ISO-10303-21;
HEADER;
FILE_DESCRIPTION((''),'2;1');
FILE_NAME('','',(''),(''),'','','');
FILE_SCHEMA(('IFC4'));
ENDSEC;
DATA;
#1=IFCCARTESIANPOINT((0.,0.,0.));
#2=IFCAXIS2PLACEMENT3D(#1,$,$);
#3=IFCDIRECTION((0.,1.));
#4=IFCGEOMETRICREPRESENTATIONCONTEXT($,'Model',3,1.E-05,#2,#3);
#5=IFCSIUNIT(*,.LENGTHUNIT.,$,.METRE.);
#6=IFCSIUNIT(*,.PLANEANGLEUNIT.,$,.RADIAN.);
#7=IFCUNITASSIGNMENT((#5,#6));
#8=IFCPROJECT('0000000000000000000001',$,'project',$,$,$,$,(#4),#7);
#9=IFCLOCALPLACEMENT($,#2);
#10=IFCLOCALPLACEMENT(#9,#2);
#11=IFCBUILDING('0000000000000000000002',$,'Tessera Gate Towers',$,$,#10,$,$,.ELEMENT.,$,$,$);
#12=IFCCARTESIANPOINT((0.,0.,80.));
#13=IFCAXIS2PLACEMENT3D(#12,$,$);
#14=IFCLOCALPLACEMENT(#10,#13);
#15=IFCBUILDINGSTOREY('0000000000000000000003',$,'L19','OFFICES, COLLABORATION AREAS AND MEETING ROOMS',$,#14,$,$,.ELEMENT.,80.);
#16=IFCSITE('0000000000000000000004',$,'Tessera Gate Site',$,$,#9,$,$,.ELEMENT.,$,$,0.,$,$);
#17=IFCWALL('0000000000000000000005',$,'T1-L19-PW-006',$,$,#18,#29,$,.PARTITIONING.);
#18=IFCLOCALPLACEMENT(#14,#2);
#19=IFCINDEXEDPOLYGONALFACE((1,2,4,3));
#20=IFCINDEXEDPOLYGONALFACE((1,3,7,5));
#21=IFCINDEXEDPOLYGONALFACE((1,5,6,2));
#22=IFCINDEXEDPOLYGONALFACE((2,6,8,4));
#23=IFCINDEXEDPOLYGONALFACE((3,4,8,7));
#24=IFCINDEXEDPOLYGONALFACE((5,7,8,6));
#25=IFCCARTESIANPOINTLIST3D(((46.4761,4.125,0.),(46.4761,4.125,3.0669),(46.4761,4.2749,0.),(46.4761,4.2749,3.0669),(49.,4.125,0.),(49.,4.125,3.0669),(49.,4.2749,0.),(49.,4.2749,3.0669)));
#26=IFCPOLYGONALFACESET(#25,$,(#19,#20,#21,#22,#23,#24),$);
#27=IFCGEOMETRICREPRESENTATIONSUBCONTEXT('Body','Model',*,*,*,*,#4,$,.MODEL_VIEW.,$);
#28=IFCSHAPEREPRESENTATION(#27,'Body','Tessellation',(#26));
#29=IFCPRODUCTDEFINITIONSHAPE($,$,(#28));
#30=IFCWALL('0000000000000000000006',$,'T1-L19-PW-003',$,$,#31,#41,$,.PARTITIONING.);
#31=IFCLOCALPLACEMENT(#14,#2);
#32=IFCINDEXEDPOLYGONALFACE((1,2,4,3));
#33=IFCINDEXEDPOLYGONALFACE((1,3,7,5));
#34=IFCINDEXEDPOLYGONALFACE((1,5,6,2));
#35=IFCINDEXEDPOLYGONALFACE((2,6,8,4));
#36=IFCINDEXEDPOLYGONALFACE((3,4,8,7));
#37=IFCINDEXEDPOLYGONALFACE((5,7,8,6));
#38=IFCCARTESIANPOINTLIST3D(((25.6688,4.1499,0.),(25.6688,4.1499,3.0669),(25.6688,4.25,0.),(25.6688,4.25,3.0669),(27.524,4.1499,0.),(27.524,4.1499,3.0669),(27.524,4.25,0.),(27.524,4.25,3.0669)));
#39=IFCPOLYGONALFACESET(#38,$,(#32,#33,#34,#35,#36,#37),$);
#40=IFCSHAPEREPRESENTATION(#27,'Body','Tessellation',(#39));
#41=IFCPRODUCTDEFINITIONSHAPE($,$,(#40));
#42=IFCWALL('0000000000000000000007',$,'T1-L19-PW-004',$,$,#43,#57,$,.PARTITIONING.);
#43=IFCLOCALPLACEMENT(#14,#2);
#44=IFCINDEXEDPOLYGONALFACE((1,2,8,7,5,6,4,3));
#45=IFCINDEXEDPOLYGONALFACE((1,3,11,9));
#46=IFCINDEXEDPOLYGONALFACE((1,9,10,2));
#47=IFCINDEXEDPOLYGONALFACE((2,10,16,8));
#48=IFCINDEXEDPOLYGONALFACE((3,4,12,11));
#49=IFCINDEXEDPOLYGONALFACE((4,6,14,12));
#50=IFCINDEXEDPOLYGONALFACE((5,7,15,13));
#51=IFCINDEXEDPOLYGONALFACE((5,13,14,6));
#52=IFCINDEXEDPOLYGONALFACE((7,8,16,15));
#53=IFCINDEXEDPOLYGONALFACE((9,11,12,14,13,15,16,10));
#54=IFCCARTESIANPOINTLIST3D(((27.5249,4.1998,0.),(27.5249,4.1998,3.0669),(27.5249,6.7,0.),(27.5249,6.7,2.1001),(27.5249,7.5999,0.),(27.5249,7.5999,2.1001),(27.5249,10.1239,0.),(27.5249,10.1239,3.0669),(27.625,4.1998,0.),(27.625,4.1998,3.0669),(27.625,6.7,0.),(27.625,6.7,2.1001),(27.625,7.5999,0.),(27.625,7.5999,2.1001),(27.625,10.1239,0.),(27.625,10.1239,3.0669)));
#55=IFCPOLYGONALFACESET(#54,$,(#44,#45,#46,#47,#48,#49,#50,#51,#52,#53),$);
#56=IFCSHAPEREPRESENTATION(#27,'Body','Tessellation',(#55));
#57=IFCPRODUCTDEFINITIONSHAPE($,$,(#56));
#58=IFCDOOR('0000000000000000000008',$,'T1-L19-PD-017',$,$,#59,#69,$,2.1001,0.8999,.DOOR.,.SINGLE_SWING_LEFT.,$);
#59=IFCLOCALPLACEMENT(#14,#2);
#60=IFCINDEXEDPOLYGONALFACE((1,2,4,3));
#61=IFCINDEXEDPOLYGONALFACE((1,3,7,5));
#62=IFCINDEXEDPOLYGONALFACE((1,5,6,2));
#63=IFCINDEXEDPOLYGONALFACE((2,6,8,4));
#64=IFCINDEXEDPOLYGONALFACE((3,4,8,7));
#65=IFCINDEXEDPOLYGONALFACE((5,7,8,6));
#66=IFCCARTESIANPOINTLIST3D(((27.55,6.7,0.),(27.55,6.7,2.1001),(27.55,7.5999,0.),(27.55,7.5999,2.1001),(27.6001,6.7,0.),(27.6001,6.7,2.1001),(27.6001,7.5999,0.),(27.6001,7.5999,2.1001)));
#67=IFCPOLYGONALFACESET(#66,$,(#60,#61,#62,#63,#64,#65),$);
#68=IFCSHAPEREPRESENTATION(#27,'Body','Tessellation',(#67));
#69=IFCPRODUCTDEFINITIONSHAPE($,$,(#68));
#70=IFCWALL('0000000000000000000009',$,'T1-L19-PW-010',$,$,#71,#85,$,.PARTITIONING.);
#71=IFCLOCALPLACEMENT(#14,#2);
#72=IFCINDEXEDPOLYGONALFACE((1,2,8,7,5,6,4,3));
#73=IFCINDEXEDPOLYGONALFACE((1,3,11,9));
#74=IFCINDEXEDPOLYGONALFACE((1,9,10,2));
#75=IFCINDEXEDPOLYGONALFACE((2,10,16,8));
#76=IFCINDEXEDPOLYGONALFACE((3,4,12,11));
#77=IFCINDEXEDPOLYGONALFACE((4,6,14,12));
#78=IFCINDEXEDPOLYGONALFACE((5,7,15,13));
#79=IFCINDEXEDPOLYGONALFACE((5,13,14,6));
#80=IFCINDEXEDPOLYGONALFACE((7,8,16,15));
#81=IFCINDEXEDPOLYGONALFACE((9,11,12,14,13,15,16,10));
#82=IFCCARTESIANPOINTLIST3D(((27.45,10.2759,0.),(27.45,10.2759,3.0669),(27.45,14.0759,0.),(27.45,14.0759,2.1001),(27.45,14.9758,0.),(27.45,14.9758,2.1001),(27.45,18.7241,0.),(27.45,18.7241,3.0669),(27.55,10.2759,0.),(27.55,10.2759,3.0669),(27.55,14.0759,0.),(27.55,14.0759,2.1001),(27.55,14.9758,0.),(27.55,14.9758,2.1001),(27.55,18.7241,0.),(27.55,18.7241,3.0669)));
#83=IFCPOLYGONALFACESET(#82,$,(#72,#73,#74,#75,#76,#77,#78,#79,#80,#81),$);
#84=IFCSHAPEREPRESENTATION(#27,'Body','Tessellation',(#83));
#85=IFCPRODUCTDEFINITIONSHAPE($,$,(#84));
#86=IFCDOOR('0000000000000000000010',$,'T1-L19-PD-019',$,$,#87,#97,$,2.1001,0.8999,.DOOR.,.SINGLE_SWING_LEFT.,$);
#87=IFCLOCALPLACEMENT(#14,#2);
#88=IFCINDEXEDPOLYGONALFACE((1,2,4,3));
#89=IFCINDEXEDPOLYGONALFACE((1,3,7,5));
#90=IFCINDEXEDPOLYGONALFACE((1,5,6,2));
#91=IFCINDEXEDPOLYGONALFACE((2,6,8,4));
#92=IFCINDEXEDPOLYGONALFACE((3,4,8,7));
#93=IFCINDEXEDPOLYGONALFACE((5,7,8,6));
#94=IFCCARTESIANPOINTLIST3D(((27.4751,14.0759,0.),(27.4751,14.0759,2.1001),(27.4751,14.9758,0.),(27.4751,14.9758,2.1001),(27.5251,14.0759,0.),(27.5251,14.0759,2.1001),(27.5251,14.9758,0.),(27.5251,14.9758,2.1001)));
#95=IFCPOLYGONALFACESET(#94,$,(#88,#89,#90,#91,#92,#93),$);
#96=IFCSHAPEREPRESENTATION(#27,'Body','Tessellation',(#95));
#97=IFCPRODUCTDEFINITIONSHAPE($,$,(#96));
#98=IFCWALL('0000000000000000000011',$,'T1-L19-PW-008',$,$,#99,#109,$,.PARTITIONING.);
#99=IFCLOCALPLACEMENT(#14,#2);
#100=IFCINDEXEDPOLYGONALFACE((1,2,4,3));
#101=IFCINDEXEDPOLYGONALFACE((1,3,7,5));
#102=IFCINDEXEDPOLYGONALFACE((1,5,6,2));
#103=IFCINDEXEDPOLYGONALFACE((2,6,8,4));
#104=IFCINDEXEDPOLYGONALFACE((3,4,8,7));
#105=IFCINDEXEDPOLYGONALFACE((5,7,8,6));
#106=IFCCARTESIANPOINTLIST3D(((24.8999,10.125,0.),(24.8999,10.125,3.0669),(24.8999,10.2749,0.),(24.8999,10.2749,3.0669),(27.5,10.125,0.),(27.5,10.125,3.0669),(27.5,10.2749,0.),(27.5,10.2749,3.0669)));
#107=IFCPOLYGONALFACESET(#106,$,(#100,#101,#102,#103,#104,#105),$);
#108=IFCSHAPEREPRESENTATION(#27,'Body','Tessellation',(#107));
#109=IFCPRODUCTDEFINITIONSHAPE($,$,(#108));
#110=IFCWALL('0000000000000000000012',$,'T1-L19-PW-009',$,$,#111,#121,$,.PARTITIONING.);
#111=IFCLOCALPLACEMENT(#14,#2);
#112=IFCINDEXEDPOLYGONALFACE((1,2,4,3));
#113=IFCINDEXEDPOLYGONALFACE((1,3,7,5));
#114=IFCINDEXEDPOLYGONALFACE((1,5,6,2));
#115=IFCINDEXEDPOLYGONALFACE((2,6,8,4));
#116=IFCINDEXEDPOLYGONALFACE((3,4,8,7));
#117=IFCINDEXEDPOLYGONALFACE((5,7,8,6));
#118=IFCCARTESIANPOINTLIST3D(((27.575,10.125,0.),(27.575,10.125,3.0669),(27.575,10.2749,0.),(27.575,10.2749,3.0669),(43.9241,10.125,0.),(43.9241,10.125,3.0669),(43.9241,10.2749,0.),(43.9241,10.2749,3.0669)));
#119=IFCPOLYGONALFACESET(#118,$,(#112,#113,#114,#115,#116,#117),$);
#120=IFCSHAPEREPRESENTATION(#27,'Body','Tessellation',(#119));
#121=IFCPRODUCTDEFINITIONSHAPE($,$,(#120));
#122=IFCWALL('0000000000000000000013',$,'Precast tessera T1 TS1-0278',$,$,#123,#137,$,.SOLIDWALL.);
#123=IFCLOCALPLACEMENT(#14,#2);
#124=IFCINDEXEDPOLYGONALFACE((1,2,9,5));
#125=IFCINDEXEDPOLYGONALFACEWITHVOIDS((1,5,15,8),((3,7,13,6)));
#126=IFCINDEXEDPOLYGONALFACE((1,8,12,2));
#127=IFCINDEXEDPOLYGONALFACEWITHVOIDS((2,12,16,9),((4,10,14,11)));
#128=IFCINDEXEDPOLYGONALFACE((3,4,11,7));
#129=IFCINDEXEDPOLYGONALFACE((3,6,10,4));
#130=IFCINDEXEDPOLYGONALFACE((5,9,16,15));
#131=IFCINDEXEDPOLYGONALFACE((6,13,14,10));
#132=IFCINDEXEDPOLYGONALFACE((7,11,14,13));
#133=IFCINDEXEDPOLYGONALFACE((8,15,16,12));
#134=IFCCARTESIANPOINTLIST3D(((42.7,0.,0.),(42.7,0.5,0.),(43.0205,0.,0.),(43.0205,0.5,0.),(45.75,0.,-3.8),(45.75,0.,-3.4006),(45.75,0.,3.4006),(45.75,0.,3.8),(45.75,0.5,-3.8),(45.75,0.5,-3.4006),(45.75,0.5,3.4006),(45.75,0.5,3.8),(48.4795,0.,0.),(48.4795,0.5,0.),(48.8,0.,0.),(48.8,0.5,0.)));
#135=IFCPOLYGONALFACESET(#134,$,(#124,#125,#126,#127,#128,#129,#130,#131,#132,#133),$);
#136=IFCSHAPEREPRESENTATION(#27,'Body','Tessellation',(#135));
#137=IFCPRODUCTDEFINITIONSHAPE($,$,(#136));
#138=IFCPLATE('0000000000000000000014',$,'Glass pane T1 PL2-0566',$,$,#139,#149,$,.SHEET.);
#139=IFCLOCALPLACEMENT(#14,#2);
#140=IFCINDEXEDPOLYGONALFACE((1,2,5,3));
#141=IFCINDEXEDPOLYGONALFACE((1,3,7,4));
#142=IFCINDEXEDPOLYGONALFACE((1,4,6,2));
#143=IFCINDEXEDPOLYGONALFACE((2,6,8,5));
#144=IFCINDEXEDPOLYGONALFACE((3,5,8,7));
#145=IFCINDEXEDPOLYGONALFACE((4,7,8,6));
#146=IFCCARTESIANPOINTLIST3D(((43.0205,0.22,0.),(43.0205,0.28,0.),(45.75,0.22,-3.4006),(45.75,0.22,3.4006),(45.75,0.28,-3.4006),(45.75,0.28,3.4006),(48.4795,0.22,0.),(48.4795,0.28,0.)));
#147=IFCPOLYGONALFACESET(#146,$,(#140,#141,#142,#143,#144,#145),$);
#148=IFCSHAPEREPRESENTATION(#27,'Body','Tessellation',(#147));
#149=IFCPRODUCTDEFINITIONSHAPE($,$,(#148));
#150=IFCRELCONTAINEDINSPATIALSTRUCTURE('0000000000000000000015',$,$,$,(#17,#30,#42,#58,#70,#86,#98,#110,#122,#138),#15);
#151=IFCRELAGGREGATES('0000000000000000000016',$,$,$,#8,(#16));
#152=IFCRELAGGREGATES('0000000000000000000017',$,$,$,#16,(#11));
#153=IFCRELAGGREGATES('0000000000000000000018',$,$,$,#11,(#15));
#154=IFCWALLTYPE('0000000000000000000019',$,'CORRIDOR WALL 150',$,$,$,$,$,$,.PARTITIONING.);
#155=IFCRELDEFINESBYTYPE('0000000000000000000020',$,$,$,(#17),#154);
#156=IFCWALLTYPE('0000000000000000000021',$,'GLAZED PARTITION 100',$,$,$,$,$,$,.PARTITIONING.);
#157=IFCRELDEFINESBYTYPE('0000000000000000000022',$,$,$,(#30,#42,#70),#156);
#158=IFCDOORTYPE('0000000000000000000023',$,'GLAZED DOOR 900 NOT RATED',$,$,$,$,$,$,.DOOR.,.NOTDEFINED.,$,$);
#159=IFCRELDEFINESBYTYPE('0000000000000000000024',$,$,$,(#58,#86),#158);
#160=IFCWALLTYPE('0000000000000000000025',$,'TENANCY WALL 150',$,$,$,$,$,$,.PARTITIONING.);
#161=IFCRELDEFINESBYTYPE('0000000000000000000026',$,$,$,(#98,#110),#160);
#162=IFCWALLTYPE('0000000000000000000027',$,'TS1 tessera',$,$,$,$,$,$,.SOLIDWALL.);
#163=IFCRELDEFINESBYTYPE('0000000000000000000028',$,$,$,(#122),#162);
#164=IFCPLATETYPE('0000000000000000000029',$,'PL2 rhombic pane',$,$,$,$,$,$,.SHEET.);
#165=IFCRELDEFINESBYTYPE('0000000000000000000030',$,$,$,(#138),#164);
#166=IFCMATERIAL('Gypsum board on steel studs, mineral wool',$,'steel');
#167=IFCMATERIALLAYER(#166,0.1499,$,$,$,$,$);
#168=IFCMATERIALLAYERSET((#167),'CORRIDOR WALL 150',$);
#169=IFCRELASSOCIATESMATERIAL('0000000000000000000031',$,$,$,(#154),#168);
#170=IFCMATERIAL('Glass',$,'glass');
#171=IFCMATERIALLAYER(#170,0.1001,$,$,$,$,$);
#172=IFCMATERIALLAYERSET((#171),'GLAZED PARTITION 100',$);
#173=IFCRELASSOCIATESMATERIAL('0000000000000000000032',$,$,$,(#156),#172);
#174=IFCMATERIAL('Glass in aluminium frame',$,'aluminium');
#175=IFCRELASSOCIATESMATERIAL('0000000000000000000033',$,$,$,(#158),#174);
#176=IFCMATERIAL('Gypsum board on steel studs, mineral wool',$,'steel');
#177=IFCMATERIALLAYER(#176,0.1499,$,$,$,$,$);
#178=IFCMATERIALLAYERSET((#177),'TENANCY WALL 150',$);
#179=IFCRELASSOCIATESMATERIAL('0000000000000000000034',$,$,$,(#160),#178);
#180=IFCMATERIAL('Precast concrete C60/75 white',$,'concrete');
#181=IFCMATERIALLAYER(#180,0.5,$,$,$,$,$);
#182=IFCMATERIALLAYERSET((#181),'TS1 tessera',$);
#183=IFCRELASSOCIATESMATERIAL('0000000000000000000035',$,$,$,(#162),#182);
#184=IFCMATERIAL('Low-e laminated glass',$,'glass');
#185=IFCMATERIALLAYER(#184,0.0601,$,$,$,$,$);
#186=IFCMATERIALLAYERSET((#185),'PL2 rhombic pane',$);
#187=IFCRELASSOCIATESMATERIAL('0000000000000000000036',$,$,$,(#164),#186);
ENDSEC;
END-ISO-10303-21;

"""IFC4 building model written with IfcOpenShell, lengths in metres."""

from ifc_helpers import new_model, si_unit, direction, frame, frame_2d, origin, place, context, subcontext, project, spatial, polyline, rectangle, outline, extrude, source, transform, mapped, material, layer, layer_set, type_object, element, fill, save


model = new_model("IFC4")

# Units and contexts
model_context = context("Model", 3, precision=1e-05, world=origin(), true_north=direction((0.0, 1.0)))
body_context = subcontext(model_context, "Body", "Model", "MODEL_VIEW")
ifc_project = project(units=[si_unit("LENGTHUNIT", "METRE"), si_unit("PLANEANGLEUNIT", "RADIAN")], contexts=[model_context])

# Site, building, storey
site_placement = place(None, origin())
site = spatial("IfcSite", under=ifc_project, at=site_placement, Name="Tessera Gate Site", CompositionType="ELEMENT", RefElevation=0.0)
building_placement = place(site_placement, origin())
building = spatial("IfcBuilding", under=site, at=building_placement, Name="Tessera Gate Towers", CompositionType="ELEMENT")
storey_placement = place(building_placement, frame((0.0, 0.0, 80.0)))
storey = spatial("IfcBuildingStorey", under=building, at=storey_placement, Name="L19", Description="OFFICES, COLLABORATION AREAS AND MEETING ROOMS", CompositionType="ELEMENT", Elevation=80.0)

# Shared definitions
ifc_material_1 = material(Name="Gypsum board on steel studs, mineral wool", Category="steel")
ifc_layer_1 = layer(ifc_material_1, 0.1499)
ifc_layer_set_1 = layer_set([ifc_layer_1], Name="CORRIDOR WALL 150")
wall_type_1 = type_object("IfcWallType", Name="CORRIDOR WALL 150", PredefinedType="PARTITIONING", material=ifc_layer_set_1)
shared_shape_1 = source(origin(), body_context, "Body", "SweptSolid", [
    extrude(rectangle(XDim=0.8999, YDim=2.1001, at=frame_2d((0.45, 1.05))), frame((0.0, 0.0249, 0.0), z_axis=(0.0, -1.0, 0.0), x_axis=(1.0, 0.0, 0.0)), (0.0, 0.0, 1.0), 0.05),
])

# Walls
wall_1_placement = place(storey_placement, frame((46.4761, 4.2, 0.0), z_axis=(0.0, 0.0, 1.0), x_axis=(1.0, 0.0, 0.0)))
element("IfcWall", 1, at=wall_1_placement, inside=storey, type_object=wall_type_1, Name="T1-L19-PW-006", PredefinedType="PARTITIONING", context=body_context, shape_type="SweptSolid", body=[
    extrude(rectangle(XDim=2.5239, YDim=0.1499, at=frame_2d((1.262, 0.0))), origin(), (0.0, 0.0, 1.0), 3.0669),
])
ifc_material_2 = material(Name="Glass", Category="glass")
ifc_layer_2 = layer(ifc_material_2, 0.1001)
ifc_layer_set_2 = layer_set([ifc_layer_2], Name="GLAZED PARTITION 100")
wall_type_2 = type_object("IfcWallType", Name="GLAZED PARTITION 100", PredefinedType="PARTITIONING", material=ifc_layer_set_2)
wall_2_placement = place(storey_placement, frame((25.6687, 4.2, 0.0), z_axis=(0.0, 0.0, 1.0), x_axis=(1.0, 0.0, 0.0)))
element("IfcWall", 2, at=wall_2_placement, inside=storey, type_object=wall_type_2, Name="T1-L19-PW-003", PredefinedType="PARTITIONING", context=body_context, shape_type="SweptSolid", body=[
    extrude(rectangle(XDim=1.8552, YDim=0.1001, at=frame_2d((0.9277, 0.0))), origin(), (0.0, 0.0, 1.0), 3.0669),
])

# Walls, openings, doors
wall_3_placement = place(storey_placement, frame((27.575, 4.2, 0.0), z_axis=(0.0, 0.0, 1.0), x_axis=(0.0, 1.0, 0.0)))
wall_3 = element("IfcWall", 3, at=wall_3_placement, inside=storey, type_object=wall_type_2, Name="T1-L19-PW-004", PredefinedType="PARTITIONING", context=body_context, shape_type="SweptSolid", body=[
    extrude(rectangle(XDim=5.9241, YDim=0.1001, at=frame_2d((2.9619, 0.0))), origin(), (0.0, 0.0, 1.0), 3.0669),
])
shared_shape_2 = source(origin(), body_context, "Body", "SweptSolid", [
    extrude(rectangle(XDim=0.8999, YDim=2.1001, at=frame_2d((0.45, 1.05))), frame((0.0, 0.0601, 0.0), z_axis=(0.0, -1.0, 0.0), x_axis=(1.0, 0.0, 0.0)), (0.0, 0.0, 1.0), 0.1201),
])
opening_1_placement = place(wall_3_placement, frame((2.5, 0.0, 0.0)))
opening_1 = element("IfcOpeningElement", 4, at=opening_1_placement, cuts=wall_3, PredefinedType="OPENING", context=body_context, shape_type="MappedRepresentation", body=[
    mapped(shared_shape_2, transform((0.0, 0.0, 0.0), scale=1.0)),
])
ifc_material_3 = material(Name="Glass in aluminium frame", Category="aluminium")
door_type_1 = type_object("IfcDoorType", Name="GLAZED DOOR 900 NOT RATED", OperationType="NOTDEFINED", PredefinedType="DOOR", material=ifc_material_3)
door_1_placement = place(opening_1_placement, origin())
door_1 = element("IfcDoor", 5, at=door_1_placement, inside=storey, type_object=door_type_1, Name="T1-L19-PD-017", OperationType="SINGLE_SWING_LEFT", OverallHeight=2.1001, OverallWidth=0.8999, PredefinedType="DOOR", context=body_context, shape_type="MappedRepresentation", body=[
    mapped(shared_shape_1, transform((0.0, 0.0, 0.0), scale=1.0)),
])
fill(opening_1, door_1)
wall_4_placement = place(storey_placement, frame((27.5, 10.2759, 0.0), z_axis=(0.0, 0.0, 1.0), x_axis=(0.0, 1.0, 0.0)))
wall_4 = element("IfcWall", 6, at=wall_4_placement, inside=storey, type_object=wall_type_2, Name="T1-L19-PW-010", PredefinedType="PARTITIONING", context=body_context, shape_type="SweptSolid", body=[
    extrude(rectangle(XDim=8.4482, YDim=0.1001, at=frame_2d((4.2241, 0.0))), origin(), (0.0, 0.0, 1.0), 3.0669),
])
opening_2_placement = place(wall_4_placement, frame((3.8, 0.0, 0.0)))
opening_2 = element("IfcOpeningElement", 7, at=opening_2_placement, cuts=wall_4, PredefinedType="OPENING", context=body_context, shape_type="MappedRepresentation", body=[
    mapped(shared_shape_2, transform((0.0, 0.0, 0.0), scale=1.0)),
])
door_2_placement = place(opening_2_placement, origin())
door_2 = element("IfcDoor", 8, at=door_2_placement, inside=storey, type_object=door_type_1, Name="T1-L19-PD-019", OperationType="SINGLE_SWING_LEFT", OverallHeight=2.1001, OverallWidth=0.8999, PredefinedType="DOOR", context=body_context, shape_type="MappedRepresentation", body=[
    mapped(shared_shape_1, transform((0.0, 0.0, 0.0), scale=1.0)),
])
fill(opening_2, door_2)

# Walls
ifc_material_4 = material(Name="Gypsum board on steel studs, mineral wool", Category="steel")
ifc_layer_3 = layer(ifc_material_4, 0.1499)
ifc_layer_set_3 = layer_set([ifc_layer_3], Name="TENANCY WALL 150")
wall_type_3 = type_object("IfcWallType", Name="TENANCY WALL 150", PredefinedType="PARTITIONING", material=ifc_layer_set_3)
wall_5_placement = place(storey_placement, frame((24.8999, 10.2, 0.0), z_axis=(0.0, 0.0, 1.0), x_axis=(1.0, 0.0, 0.0)))
element("IfcWall", 9, at=wall_5_placement, inside=storey, type_object=wall_type_3, Name="T1-L19-PW-008", PredefinedType="PARTITIONING", context=body_context, shape_type="SweptSolid", body=[
    extrude(rectangle(XDim=2.6001, YDim=0.1499, at=frame_2d((1.3, 0.0))), origin(), (0.0, 0.0, 1.0), 3.0669),
])
wall_6_placement = place(storey_placement, frame((27.575, 10.2, 0.0), z_axis=(0.0, 0.0, 1.0), x_axis=(1.0, 0.0, 0.0)))
element("IfcWall", 10, at=wall_6_placement, inside=storey, type_object=wall_type_3, Name="T1-L19-PW-009", PredefinedType="PARTITIONING", context=body_context, shape_type="SweptSolid", body=[
    extrude(rectangle(XDim=16.3491, YDim=0.1499, at=frame_2d((8.1746, 0.0))), origin(), (0.0, 0.0, 1.0), 3.0669),
])

# Wall, opening, plate
ifc_material_5 = material(Name="Precast concrete C60/75 white", Category="concrete")
ifc_layer_4 = layer(ifc_material_5, 0.5)
ifc_layer_set_4 = layer_set([ifc_layer_4], Name="TS1 tessera")
wall_type_4 = type_object("IfcWallType", Name="TS1 tessera", PredefinedType="SOLIDWALL", material=ifc_layer_set_4)
shared_shape_3 = source(origin(), body_context, "Body", "SweptSolid", [
    extrude(outline(polyline([(3.05, 0.0), (6.1001, 3.8), (3.05, 7.6001), (0.0, 3.8), (3.05, 0.0)])), frame((0.0, 0.25, 0.0), z_axis=(0.0, -1.0, 0.0), x_axis=(1.0, 0.0, 0.0)), (0.0, 0.0, 1.0), 0.5),
])
wall_7_placement = place(storey_placement, frame((42.7, 0.25, -3.8), z_axis=(0.0, 0.0, 1.0), x_axis=(1.0, 0.0, 0.0)))
wall_7 = element("IfcWall", 11, at=wall_7_placement, inside=storey, type_object=wall_type_4, Name="Precast tessera T1 TS1-0278", PredefinedType="SOLIDWALL", context=body_context, shape_type="MappedRepresentation", body=[
    mapped(shared_shape_3, transform((0.0, 0.0, 0.0), scale=1.0)),
])
shared_shape_4 = source(origin(), body_context, "Body", "SweptSolid", [
    extrude(outline(polyline([(3.05, 0.3994), (5.7795, 3.8), (3.05, 7.2007), (0.3206, 3.8), (3.05, 0.3994)])), frame((0.0, 0.26, 0.0), z_axis=(0.0, -1.0, 0.0), x_axis=(1.0, 0.0, 0.0)), (0.0, 0.0, 1.0), 0.52),
])
opening_3_placement = place(wall_7_placement, origin())
opening_3 = element("IfcOpeningElement", 12, at=opening_3_placement, cuts=wall_7, PredefinedType="OPENING", context=body_context, shape_type="MappedRepresentation", body=[
    mapped(shared_shape_4, transform((0.0, 0.0, 0.0), scale=1.0)),
])
ifc_material_6 = material(Name="Low-e laminated glass", Category="glass")
ifc_layer_5 = layer(ifc_material_6, 0.0601)
ifc_layer_set_5 = layer_set([ifc_layer_5], Name="PL2 rhombic pane")
plate_type = type_object("IfcPlateType", Name="PL2 rhombic pane", PredefinedType="SHEET", material=ifc_layer_set_5)
shared_shape_5 = source(origin(), body_context, "Body", "SweptSolid", [
    extrude(outline(polyline([(3.05, 0.3994), (5.7795, 3.8), (3.05, 7.2007), (0.3206, 3.8), (3.05, 0.3994)])), frame((0.0, 0.03, 0.0), z_axis=(0.0, -1.0, 0.0), x_axis=(1.0, 0.0, 0.0)), (0.0, 0.0, 1.0), 0.0601),
])
plate_placement = place(opening_3_placement, origin())
plate = element("IfcPlate", 13, at=plate_placement, inside=storey, type_object=plate_type, Name="Glass pane T1 PL2-0566", PredefinedType="SHEET", context=body_context, shape_type="MappedRepresentation", body=[
    mapped(shared_shape_5, transform((0.0, 0.0, 0.0), scale=1.0)),
])
fill(opening_3, plate)

save(model, "model.ifc")
